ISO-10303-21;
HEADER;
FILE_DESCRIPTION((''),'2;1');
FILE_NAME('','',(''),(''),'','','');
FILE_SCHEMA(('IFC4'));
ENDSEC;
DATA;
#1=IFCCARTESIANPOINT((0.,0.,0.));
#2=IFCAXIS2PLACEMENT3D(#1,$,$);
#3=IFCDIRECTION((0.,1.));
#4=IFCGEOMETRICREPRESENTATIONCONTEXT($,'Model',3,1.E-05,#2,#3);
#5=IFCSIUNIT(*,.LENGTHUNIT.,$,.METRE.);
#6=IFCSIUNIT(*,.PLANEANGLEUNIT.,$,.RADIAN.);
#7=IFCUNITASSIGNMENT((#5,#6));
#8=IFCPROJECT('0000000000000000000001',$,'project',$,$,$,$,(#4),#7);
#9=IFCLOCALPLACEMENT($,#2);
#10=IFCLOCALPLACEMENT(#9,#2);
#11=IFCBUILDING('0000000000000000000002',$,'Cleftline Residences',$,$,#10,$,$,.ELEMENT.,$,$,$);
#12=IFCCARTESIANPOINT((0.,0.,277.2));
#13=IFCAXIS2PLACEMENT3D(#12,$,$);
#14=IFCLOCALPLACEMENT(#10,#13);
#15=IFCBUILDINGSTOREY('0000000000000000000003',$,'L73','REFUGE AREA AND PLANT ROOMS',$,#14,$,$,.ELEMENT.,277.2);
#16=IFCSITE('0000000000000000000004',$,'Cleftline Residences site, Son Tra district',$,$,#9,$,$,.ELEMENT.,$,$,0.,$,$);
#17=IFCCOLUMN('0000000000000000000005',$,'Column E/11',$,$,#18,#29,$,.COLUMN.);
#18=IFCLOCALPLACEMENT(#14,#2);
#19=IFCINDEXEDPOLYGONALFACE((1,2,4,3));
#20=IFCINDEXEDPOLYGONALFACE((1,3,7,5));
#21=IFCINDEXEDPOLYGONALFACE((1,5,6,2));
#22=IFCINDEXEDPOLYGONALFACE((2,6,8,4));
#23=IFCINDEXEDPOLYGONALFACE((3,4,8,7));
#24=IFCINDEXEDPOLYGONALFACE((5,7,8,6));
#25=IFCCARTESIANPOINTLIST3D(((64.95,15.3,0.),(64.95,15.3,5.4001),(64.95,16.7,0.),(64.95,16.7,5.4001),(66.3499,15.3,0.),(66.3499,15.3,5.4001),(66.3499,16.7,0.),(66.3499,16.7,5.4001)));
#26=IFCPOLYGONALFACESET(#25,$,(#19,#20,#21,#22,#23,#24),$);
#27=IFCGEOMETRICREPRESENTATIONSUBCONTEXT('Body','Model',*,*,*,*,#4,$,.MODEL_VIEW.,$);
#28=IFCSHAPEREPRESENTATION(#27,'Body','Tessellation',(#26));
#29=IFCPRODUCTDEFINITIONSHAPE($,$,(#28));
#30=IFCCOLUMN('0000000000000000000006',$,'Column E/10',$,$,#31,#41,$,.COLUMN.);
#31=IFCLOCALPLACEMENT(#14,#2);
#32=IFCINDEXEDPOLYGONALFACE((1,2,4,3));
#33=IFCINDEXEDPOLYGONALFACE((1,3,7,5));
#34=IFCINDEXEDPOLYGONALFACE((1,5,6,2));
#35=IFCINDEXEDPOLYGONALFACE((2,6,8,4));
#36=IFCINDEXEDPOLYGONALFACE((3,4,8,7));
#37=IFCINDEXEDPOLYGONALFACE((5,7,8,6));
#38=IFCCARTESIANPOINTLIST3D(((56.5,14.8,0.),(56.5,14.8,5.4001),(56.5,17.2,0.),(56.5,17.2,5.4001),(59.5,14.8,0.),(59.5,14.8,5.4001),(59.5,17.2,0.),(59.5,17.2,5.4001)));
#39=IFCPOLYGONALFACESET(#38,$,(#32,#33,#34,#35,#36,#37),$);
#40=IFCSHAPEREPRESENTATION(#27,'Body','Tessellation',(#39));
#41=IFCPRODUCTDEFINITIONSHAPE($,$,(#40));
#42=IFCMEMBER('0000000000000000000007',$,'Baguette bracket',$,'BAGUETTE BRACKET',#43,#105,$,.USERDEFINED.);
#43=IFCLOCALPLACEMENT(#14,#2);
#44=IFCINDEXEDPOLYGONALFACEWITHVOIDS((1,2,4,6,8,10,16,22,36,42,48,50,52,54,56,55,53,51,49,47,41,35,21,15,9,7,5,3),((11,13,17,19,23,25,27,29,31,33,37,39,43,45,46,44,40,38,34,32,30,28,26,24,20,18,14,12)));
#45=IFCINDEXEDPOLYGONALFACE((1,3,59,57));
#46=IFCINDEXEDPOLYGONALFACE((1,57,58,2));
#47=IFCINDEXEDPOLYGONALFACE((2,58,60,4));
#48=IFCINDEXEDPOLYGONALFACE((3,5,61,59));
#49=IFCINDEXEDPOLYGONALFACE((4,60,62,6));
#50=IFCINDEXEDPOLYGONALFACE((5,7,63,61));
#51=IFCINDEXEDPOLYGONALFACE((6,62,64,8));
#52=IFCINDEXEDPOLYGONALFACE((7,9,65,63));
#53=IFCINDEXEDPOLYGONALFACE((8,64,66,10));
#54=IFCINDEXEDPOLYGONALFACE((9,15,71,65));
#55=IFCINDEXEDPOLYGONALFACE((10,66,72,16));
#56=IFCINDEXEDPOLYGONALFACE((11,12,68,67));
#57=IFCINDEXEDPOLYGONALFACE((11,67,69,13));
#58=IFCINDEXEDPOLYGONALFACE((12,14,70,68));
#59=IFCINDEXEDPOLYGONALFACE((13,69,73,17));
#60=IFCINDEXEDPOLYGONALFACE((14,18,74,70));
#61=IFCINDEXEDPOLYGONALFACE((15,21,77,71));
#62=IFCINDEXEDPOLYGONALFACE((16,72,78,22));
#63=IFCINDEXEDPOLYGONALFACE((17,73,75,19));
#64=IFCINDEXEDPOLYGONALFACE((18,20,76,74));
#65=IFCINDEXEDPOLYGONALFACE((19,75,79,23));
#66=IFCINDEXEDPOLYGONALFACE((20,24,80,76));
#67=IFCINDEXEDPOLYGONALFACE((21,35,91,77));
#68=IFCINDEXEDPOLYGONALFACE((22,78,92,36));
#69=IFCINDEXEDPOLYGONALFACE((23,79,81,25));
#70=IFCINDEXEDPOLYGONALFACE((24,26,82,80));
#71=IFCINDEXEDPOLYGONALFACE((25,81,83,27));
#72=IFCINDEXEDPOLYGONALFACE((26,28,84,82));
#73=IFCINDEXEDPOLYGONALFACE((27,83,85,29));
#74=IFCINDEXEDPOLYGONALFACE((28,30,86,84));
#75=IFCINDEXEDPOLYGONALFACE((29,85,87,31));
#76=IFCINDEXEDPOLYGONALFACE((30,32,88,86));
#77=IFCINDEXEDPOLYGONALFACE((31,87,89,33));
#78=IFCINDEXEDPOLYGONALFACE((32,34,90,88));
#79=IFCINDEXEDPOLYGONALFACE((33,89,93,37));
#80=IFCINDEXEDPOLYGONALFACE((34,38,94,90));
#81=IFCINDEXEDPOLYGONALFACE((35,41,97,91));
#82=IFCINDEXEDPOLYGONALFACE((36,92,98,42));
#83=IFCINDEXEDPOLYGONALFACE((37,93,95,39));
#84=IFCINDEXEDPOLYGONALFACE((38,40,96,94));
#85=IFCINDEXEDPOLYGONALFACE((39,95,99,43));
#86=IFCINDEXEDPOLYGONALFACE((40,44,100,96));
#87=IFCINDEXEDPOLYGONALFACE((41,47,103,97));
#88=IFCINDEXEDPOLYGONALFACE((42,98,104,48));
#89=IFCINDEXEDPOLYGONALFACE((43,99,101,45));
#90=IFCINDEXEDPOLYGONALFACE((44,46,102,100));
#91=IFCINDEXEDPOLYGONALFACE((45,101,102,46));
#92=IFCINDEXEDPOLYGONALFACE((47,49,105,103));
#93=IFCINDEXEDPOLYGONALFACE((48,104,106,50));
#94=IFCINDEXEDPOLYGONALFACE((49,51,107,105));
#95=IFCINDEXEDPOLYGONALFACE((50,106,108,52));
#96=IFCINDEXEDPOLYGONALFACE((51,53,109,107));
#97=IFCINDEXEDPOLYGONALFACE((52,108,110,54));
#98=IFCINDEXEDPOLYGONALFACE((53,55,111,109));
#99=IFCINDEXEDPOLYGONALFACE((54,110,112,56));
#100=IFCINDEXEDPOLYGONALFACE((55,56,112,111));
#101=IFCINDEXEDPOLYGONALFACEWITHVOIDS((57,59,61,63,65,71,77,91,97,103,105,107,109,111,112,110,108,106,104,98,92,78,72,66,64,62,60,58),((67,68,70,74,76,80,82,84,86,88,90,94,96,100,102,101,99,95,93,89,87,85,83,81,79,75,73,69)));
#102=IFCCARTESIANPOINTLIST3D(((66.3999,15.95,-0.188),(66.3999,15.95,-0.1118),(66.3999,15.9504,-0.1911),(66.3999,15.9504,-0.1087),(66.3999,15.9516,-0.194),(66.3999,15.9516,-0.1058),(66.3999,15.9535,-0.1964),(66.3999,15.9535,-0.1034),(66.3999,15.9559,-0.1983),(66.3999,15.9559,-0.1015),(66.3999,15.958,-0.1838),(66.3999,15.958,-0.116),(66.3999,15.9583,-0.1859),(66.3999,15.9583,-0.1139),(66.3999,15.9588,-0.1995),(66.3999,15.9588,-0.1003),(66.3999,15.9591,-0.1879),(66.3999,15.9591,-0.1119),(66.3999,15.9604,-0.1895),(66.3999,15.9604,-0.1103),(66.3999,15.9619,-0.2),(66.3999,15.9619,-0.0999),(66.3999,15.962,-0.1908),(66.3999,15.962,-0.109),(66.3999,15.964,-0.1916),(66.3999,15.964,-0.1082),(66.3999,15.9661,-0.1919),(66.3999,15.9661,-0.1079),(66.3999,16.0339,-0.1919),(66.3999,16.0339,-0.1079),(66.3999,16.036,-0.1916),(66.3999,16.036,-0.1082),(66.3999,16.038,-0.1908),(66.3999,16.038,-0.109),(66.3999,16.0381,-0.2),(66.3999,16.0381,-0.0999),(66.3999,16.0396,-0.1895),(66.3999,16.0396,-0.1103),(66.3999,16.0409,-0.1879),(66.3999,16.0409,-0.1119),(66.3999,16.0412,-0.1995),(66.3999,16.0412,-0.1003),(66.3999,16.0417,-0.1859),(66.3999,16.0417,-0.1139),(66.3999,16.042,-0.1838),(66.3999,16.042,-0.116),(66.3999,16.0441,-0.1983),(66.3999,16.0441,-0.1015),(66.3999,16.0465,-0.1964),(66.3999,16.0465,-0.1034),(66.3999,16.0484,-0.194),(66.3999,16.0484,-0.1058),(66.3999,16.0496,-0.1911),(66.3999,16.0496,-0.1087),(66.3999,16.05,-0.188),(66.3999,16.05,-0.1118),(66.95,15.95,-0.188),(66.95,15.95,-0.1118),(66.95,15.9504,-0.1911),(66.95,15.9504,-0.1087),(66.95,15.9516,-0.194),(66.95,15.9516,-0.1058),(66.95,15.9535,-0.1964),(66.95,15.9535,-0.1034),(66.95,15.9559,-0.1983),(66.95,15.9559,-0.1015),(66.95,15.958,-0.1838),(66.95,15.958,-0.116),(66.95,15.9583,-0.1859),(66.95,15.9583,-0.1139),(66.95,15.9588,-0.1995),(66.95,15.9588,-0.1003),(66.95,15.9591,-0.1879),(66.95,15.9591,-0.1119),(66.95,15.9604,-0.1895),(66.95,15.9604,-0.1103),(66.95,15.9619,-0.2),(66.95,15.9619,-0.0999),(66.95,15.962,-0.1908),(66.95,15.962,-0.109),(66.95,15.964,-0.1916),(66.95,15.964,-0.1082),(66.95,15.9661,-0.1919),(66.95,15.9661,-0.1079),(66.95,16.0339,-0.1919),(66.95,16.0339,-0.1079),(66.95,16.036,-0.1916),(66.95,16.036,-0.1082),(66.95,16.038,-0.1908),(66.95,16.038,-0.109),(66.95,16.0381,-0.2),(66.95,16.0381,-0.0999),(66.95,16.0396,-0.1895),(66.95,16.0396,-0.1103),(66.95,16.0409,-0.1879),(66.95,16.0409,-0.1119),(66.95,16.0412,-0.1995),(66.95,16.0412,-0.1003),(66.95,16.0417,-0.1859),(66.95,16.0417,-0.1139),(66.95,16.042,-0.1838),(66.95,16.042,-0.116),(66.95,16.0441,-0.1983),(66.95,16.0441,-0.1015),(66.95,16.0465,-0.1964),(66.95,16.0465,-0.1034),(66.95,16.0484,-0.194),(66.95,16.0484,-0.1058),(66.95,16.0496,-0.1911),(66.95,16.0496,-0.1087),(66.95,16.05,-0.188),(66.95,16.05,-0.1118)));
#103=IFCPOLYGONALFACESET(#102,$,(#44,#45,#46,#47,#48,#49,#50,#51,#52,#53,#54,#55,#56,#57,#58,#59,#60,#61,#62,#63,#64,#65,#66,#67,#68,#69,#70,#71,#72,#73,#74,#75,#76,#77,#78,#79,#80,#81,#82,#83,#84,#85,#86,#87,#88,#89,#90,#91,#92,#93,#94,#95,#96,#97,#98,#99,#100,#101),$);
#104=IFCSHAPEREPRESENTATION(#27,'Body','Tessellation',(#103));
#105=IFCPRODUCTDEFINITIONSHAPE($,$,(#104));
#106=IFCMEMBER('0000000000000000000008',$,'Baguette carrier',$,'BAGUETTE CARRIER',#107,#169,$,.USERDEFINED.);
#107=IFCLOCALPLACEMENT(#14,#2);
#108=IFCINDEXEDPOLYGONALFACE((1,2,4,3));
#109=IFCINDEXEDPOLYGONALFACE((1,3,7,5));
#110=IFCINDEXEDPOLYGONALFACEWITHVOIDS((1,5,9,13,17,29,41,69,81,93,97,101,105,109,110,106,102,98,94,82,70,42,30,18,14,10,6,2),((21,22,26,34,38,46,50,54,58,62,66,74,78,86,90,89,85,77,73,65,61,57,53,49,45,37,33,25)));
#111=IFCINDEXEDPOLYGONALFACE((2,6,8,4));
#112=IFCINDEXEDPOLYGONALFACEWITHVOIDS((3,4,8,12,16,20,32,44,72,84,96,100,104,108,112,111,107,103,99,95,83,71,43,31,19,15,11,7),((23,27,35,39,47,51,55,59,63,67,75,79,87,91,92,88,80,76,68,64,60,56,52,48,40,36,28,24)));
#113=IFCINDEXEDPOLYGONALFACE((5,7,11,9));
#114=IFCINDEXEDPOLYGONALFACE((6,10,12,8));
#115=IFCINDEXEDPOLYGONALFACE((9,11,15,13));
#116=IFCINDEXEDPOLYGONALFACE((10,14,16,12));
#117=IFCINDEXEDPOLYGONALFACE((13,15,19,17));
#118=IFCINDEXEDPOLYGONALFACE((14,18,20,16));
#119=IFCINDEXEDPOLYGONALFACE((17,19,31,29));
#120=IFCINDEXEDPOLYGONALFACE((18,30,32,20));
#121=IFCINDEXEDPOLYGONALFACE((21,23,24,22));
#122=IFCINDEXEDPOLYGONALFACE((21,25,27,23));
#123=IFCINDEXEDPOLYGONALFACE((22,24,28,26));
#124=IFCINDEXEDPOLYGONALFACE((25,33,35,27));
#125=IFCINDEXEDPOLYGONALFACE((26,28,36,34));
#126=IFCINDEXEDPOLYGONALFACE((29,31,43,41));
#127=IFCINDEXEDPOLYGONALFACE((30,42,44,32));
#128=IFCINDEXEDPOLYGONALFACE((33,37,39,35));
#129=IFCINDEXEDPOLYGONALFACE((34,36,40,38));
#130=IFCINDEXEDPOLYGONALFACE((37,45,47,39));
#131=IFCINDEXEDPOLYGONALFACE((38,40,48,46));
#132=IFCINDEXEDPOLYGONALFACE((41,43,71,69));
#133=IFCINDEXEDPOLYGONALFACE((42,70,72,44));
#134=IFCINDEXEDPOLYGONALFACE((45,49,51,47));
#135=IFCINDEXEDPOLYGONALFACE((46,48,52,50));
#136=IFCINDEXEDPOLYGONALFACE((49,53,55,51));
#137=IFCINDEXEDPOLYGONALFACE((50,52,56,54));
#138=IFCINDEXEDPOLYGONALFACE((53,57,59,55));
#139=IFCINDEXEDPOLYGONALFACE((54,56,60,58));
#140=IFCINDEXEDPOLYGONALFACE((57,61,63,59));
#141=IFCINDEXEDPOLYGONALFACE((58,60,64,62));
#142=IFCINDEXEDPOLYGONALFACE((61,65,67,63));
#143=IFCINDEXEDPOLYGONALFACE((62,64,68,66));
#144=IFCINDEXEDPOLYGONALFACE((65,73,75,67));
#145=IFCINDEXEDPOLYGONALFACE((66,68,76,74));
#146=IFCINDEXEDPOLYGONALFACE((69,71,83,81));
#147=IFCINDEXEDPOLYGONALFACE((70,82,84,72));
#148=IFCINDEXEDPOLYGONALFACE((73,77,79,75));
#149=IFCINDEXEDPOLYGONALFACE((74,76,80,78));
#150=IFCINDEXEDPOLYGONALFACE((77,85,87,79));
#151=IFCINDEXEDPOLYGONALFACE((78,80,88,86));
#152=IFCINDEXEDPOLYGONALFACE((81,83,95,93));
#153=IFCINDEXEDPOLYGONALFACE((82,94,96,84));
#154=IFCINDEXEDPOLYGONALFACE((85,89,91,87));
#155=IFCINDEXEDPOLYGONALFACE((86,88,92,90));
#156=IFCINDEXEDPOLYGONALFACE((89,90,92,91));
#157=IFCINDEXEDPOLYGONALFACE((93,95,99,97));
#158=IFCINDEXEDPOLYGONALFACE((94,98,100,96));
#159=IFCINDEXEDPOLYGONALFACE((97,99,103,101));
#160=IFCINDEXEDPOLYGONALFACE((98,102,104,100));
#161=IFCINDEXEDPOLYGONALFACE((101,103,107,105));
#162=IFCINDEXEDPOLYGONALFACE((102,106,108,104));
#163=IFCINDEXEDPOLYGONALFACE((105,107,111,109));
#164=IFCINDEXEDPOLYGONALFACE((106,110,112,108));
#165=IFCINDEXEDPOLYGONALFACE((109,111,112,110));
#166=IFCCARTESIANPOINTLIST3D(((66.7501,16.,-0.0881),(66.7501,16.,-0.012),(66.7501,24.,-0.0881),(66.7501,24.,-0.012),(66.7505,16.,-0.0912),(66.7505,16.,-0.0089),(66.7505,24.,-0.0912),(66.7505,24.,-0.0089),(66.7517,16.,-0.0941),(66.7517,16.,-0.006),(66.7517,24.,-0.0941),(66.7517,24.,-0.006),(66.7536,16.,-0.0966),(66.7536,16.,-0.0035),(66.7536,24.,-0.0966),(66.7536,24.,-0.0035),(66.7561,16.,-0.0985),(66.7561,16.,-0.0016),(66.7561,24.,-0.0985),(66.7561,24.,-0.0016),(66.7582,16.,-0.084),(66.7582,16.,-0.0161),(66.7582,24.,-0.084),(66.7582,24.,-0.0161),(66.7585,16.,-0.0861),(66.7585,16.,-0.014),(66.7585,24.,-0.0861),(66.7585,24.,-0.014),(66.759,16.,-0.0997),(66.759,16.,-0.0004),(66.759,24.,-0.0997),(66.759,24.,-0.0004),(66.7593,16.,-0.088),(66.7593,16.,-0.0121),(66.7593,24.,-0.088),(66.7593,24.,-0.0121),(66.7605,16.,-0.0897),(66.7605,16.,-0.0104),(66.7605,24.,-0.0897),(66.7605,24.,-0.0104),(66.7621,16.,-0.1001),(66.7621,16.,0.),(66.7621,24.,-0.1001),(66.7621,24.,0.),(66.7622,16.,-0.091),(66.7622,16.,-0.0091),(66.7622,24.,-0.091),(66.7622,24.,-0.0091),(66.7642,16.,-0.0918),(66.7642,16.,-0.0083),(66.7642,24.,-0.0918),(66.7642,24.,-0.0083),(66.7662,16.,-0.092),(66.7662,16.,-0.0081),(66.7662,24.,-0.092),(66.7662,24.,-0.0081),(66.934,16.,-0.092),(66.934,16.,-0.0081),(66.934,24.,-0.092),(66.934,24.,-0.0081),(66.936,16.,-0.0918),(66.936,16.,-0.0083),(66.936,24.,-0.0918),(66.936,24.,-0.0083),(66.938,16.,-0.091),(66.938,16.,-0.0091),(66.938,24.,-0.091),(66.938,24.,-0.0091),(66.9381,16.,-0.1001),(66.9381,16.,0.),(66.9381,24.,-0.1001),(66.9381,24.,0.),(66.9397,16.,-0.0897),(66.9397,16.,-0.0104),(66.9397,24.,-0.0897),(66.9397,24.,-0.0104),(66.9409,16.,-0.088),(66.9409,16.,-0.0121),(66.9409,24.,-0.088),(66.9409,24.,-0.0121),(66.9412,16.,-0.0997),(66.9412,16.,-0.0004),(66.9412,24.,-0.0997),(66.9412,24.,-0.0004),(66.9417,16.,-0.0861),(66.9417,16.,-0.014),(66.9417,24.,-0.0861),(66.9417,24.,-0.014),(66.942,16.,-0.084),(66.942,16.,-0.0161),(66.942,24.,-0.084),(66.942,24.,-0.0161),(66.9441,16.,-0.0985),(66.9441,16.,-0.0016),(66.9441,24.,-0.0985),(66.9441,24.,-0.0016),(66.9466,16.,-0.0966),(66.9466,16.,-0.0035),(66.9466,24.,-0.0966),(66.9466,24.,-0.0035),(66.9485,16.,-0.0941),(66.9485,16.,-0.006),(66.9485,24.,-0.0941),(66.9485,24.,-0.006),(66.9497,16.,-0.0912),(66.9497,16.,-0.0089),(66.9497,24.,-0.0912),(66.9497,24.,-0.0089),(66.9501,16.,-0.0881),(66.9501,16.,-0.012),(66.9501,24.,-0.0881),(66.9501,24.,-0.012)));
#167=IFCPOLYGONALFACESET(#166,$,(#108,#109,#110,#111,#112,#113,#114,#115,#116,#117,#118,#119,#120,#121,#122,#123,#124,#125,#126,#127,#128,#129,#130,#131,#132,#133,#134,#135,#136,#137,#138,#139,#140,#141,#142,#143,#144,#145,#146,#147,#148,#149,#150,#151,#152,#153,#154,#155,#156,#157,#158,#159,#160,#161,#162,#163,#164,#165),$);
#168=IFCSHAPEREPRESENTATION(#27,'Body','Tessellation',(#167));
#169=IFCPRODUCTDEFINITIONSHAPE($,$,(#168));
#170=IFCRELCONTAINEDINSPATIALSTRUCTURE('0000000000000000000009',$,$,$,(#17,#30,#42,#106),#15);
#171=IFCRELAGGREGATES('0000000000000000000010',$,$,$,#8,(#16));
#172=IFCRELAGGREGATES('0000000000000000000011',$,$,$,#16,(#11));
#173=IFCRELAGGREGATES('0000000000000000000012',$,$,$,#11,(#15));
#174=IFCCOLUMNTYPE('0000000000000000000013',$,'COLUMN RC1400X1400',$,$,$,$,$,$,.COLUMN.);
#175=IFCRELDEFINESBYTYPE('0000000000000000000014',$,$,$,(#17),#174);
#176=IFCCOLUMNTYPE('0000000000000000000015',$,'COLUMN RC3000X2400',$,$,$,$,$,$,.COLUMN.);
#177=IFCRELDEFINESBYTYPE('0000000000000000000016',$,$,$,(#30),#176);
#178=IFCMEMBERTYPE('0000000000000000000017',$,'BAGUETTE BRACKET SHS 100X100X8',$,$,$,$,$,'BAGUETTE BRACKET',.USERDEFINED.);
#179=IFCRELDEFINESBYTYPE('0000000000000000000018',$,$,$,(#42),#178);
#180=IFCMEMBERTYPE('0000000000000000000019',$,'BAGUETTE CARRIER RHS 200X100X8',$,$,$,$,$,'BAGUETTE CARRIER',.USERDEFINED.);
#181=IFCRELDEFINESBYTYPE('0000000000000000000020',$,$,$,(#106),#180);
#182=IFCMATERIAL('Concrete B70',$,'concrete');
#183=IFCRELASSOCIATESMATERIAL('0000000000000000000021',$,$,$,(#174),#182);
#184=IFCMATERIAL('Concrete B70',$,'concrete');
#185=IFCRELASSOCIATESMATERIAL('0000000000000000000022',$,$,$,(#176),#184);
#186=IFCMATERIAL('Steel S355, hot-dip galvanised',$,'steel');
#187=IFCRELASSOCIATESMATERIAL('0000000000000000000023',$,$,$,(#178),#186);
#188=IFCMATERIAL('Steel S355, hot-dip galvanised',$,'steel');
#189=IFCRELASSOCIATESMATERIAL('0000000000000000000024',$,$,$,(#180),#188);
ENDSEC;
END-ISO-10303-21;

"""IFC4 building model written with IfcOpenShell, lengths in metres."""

from ifc_helpers import new_model, si_unit, direction, frame, origin, origin_2d, place, context, subcontext, project, spatial, rectangle, hollow_rectangle, extrude, material, material_profile, profile_set, type_object, element, save


model = new_model("IFC4")

# Units and contexts
model_context = context("Model", 3, precision=1e-05, world=origin(), true_north=direction((0.0, 1.0)))
body_context = subcontext(model_context, "Body", "Model", "MODEL_VIEW")
ifc_project = project(units=[si_unit("LENGTHUNIT", "METRE"), si_unit("PLANEANGLEUNIT", "RADIAN")], contexts=[model_context])

# Site, building, storey
site_placement = place(None, origin())
site = spatial("IfcSite", under=ifc_project, at=site_placement, Name="Cleftline Residences site, Son Tra district", CompositionType="ELEMENT", RefElevation=0.0)
building_placement = place(site_placement, origin())
building = spatial("IfcBuilding", under=site, at=building_placement, Name="Cleftline Residences", CompositionType="ELEMENT")
storey_placement = place(building_placement, frame((0.0, 0.0, 277.2)))
storey = spatial("IfcBuildingStorey", under=building, at=storey_placement, Name="L73", Description="REFUGE AREA AND PLANT ROOMS", CompositionType="ELEMENT", Elevation=277.2)

# Columns
ifc_material_1 = material(Name="Concrete B70", Category="concrete")
ifc_material_profile_1 = material_profile(ifc_material_1, rectangle(XDim=1.3999, YDim=1.3999, at=origin_2d()))
ifc_profile_set_1 = profile_set([ifc_material_profile_1], Name="Concrete B70")
column_type_1 = type_object("IfcColumnType", Name="COLUMN RC1400X1400", PredefinedType="COLUMN", material=ifc_profile_set_1)
column_1_placement = place(storey_placement, frame((65.6499, 16.0, 0.0), z_axis=(0.0, 0.0, 1.0), x_axis=(1.0, 0.0, 0.0)))
element("IfcColumn", 1, at=column_1_placement, inside=storey, type_object=column_type_1, Name="Column E/11", PredefinedType="COLUMN", context=body_context, shape_type="SweptSolid", body=[
    extrude(rectangle(XDim=1.3999, YDim=1.3999, at=origin_2d()), origin(), (0.0, 0.0, 1.0), 5.4001),
])
ifc_material_2 = material(Name="Concrete B70", Category="concrete")
ifc_material_profile_2 = material_profile(ifc_material_2, rectangle(XDim=3.0, YDim=2.3999, at=origin_2d()))
ifc_profile_set_2 = profile_set([ifc_material_profile_2], Name="Concrete B70")
column_type_2 = type_object("IfcColumnType", Name="COLUMN RC3000X2400", PredefinedType="COLUMN", material=ifc_profile_set_2)
column_2_placement = place(storey_placement, frame((58.0, 16.0, 0.0), z_axis=(0.0, 0.0, 1.0), x_axis=(1.0, 0.0, 0.0)))
element("IfcColumn", 2, at=column_2_placement, inside=storey, type_object=column_type_2, Name="Column E/10", PredefinedType="COLUMN", context=body_context, shape_type="SweptSolid", body=[
    extrude(rectangle(XDim=3.0, YDim=2.3999, at=origin_2d()), origin(), (0.0, 0.0, 1.0), 5.4001),
])

# Members
ifc_material_3 = material(Name="Steel S355, hot-dip galvanised", Category="steel")
ifc_material_profile_3 = material_profile(ifc_material_3, hollow_rectangle(XDim=0.1001, YDim=0.1001, WallThickness=0.0081, InnerFilletRadius=0.0081, OuterFilletRadius=0.012, at=origin_2d()))
ifc_profile_set_3 = profile_set([ifc_material_profile_3], Name="Steel S355, hot-dip galvanised")
member_type_1 = type_object("IfcMemberType", Name="BAGUETTE BRACKET SHS 100X100X8", ElementType="BAGUETTE BRACKET", PredefinedType="USERDEFINED", material=ifc_profile_set_3)
member_1_placement = place(storey_placement, frame((66.3999, 16.0, -0.1499), z_axis=(1.0, 0.0, 0.0), x_axis=(0.0, 1.0, 0.0)))
element("IfcMember", 3, at=member_1_placement, inside=storey, type_object=member_type_1, Name="Baguette bracket", ObjectType="BAGUETTE BRACKET", PredefinedType="USERDEFINED", context=body_context, shape_type="SweptSolid", body=[
    extrude(hollow_rectangle(XDim=0.1001, YDim=0.1001, WallThickness=0.0081, InnerFilletRadius=0.0081, OuterFilletRadius=0.012, at=origin_2d()), origin(), (0.0, 0.0, 1.0), 0.55),
])
ifc_material_4 = material(Name="Steel S355, hot-dip galvanised", Category="steel")
ifc_material_profile_4 = material_profile(ifc_material_4, hollow_rectangle(XDim=0.1001, YDim=0.2, WallThickness=0.0081, InnerFilletRadius=0.0081, OuterFilletRadius=0.012, at=origin_2d()))
ifc_profile_set_4 = profile_set([ifc_material_profile_4], Name="Steel S355, hot-dip galvanised")
member_type_2 = type_object("IfcMemberType", Name="BAGUETTE CARRIER RHS 200X100X8", ElementType="BAGUETTE CARRIER", PredefinedType="USERDEFINED", material=ifc_profile_set_4)
member_2_placement = place(storey_placement, frame((66.8501, 16.0, -0.05), z_axis=(0.0, 1.0, 0.0), x_axis=(0.0, 0.0, 1.0)))
element("IfcMember", 4, at=member_2_placement, inside=storey, type_object=member_type_2, Name="Baguette carrier", ObjectType="BAGUETTE CARRIER", PredefinedType="USERDEFINED", context=body_context, shape_type="SweptSolid", body=[
    extrude(hollow_rectangle(XDim=0.1001, YDim=0.2, WallThickness=0.0081, InnerFilletRadius=0.0081, OuterFilletRadius=0.012, at=origin_2d()), origin(), (0.0, 0.0, 1.0), 8.0),
])

save(model, "model.ifc")
